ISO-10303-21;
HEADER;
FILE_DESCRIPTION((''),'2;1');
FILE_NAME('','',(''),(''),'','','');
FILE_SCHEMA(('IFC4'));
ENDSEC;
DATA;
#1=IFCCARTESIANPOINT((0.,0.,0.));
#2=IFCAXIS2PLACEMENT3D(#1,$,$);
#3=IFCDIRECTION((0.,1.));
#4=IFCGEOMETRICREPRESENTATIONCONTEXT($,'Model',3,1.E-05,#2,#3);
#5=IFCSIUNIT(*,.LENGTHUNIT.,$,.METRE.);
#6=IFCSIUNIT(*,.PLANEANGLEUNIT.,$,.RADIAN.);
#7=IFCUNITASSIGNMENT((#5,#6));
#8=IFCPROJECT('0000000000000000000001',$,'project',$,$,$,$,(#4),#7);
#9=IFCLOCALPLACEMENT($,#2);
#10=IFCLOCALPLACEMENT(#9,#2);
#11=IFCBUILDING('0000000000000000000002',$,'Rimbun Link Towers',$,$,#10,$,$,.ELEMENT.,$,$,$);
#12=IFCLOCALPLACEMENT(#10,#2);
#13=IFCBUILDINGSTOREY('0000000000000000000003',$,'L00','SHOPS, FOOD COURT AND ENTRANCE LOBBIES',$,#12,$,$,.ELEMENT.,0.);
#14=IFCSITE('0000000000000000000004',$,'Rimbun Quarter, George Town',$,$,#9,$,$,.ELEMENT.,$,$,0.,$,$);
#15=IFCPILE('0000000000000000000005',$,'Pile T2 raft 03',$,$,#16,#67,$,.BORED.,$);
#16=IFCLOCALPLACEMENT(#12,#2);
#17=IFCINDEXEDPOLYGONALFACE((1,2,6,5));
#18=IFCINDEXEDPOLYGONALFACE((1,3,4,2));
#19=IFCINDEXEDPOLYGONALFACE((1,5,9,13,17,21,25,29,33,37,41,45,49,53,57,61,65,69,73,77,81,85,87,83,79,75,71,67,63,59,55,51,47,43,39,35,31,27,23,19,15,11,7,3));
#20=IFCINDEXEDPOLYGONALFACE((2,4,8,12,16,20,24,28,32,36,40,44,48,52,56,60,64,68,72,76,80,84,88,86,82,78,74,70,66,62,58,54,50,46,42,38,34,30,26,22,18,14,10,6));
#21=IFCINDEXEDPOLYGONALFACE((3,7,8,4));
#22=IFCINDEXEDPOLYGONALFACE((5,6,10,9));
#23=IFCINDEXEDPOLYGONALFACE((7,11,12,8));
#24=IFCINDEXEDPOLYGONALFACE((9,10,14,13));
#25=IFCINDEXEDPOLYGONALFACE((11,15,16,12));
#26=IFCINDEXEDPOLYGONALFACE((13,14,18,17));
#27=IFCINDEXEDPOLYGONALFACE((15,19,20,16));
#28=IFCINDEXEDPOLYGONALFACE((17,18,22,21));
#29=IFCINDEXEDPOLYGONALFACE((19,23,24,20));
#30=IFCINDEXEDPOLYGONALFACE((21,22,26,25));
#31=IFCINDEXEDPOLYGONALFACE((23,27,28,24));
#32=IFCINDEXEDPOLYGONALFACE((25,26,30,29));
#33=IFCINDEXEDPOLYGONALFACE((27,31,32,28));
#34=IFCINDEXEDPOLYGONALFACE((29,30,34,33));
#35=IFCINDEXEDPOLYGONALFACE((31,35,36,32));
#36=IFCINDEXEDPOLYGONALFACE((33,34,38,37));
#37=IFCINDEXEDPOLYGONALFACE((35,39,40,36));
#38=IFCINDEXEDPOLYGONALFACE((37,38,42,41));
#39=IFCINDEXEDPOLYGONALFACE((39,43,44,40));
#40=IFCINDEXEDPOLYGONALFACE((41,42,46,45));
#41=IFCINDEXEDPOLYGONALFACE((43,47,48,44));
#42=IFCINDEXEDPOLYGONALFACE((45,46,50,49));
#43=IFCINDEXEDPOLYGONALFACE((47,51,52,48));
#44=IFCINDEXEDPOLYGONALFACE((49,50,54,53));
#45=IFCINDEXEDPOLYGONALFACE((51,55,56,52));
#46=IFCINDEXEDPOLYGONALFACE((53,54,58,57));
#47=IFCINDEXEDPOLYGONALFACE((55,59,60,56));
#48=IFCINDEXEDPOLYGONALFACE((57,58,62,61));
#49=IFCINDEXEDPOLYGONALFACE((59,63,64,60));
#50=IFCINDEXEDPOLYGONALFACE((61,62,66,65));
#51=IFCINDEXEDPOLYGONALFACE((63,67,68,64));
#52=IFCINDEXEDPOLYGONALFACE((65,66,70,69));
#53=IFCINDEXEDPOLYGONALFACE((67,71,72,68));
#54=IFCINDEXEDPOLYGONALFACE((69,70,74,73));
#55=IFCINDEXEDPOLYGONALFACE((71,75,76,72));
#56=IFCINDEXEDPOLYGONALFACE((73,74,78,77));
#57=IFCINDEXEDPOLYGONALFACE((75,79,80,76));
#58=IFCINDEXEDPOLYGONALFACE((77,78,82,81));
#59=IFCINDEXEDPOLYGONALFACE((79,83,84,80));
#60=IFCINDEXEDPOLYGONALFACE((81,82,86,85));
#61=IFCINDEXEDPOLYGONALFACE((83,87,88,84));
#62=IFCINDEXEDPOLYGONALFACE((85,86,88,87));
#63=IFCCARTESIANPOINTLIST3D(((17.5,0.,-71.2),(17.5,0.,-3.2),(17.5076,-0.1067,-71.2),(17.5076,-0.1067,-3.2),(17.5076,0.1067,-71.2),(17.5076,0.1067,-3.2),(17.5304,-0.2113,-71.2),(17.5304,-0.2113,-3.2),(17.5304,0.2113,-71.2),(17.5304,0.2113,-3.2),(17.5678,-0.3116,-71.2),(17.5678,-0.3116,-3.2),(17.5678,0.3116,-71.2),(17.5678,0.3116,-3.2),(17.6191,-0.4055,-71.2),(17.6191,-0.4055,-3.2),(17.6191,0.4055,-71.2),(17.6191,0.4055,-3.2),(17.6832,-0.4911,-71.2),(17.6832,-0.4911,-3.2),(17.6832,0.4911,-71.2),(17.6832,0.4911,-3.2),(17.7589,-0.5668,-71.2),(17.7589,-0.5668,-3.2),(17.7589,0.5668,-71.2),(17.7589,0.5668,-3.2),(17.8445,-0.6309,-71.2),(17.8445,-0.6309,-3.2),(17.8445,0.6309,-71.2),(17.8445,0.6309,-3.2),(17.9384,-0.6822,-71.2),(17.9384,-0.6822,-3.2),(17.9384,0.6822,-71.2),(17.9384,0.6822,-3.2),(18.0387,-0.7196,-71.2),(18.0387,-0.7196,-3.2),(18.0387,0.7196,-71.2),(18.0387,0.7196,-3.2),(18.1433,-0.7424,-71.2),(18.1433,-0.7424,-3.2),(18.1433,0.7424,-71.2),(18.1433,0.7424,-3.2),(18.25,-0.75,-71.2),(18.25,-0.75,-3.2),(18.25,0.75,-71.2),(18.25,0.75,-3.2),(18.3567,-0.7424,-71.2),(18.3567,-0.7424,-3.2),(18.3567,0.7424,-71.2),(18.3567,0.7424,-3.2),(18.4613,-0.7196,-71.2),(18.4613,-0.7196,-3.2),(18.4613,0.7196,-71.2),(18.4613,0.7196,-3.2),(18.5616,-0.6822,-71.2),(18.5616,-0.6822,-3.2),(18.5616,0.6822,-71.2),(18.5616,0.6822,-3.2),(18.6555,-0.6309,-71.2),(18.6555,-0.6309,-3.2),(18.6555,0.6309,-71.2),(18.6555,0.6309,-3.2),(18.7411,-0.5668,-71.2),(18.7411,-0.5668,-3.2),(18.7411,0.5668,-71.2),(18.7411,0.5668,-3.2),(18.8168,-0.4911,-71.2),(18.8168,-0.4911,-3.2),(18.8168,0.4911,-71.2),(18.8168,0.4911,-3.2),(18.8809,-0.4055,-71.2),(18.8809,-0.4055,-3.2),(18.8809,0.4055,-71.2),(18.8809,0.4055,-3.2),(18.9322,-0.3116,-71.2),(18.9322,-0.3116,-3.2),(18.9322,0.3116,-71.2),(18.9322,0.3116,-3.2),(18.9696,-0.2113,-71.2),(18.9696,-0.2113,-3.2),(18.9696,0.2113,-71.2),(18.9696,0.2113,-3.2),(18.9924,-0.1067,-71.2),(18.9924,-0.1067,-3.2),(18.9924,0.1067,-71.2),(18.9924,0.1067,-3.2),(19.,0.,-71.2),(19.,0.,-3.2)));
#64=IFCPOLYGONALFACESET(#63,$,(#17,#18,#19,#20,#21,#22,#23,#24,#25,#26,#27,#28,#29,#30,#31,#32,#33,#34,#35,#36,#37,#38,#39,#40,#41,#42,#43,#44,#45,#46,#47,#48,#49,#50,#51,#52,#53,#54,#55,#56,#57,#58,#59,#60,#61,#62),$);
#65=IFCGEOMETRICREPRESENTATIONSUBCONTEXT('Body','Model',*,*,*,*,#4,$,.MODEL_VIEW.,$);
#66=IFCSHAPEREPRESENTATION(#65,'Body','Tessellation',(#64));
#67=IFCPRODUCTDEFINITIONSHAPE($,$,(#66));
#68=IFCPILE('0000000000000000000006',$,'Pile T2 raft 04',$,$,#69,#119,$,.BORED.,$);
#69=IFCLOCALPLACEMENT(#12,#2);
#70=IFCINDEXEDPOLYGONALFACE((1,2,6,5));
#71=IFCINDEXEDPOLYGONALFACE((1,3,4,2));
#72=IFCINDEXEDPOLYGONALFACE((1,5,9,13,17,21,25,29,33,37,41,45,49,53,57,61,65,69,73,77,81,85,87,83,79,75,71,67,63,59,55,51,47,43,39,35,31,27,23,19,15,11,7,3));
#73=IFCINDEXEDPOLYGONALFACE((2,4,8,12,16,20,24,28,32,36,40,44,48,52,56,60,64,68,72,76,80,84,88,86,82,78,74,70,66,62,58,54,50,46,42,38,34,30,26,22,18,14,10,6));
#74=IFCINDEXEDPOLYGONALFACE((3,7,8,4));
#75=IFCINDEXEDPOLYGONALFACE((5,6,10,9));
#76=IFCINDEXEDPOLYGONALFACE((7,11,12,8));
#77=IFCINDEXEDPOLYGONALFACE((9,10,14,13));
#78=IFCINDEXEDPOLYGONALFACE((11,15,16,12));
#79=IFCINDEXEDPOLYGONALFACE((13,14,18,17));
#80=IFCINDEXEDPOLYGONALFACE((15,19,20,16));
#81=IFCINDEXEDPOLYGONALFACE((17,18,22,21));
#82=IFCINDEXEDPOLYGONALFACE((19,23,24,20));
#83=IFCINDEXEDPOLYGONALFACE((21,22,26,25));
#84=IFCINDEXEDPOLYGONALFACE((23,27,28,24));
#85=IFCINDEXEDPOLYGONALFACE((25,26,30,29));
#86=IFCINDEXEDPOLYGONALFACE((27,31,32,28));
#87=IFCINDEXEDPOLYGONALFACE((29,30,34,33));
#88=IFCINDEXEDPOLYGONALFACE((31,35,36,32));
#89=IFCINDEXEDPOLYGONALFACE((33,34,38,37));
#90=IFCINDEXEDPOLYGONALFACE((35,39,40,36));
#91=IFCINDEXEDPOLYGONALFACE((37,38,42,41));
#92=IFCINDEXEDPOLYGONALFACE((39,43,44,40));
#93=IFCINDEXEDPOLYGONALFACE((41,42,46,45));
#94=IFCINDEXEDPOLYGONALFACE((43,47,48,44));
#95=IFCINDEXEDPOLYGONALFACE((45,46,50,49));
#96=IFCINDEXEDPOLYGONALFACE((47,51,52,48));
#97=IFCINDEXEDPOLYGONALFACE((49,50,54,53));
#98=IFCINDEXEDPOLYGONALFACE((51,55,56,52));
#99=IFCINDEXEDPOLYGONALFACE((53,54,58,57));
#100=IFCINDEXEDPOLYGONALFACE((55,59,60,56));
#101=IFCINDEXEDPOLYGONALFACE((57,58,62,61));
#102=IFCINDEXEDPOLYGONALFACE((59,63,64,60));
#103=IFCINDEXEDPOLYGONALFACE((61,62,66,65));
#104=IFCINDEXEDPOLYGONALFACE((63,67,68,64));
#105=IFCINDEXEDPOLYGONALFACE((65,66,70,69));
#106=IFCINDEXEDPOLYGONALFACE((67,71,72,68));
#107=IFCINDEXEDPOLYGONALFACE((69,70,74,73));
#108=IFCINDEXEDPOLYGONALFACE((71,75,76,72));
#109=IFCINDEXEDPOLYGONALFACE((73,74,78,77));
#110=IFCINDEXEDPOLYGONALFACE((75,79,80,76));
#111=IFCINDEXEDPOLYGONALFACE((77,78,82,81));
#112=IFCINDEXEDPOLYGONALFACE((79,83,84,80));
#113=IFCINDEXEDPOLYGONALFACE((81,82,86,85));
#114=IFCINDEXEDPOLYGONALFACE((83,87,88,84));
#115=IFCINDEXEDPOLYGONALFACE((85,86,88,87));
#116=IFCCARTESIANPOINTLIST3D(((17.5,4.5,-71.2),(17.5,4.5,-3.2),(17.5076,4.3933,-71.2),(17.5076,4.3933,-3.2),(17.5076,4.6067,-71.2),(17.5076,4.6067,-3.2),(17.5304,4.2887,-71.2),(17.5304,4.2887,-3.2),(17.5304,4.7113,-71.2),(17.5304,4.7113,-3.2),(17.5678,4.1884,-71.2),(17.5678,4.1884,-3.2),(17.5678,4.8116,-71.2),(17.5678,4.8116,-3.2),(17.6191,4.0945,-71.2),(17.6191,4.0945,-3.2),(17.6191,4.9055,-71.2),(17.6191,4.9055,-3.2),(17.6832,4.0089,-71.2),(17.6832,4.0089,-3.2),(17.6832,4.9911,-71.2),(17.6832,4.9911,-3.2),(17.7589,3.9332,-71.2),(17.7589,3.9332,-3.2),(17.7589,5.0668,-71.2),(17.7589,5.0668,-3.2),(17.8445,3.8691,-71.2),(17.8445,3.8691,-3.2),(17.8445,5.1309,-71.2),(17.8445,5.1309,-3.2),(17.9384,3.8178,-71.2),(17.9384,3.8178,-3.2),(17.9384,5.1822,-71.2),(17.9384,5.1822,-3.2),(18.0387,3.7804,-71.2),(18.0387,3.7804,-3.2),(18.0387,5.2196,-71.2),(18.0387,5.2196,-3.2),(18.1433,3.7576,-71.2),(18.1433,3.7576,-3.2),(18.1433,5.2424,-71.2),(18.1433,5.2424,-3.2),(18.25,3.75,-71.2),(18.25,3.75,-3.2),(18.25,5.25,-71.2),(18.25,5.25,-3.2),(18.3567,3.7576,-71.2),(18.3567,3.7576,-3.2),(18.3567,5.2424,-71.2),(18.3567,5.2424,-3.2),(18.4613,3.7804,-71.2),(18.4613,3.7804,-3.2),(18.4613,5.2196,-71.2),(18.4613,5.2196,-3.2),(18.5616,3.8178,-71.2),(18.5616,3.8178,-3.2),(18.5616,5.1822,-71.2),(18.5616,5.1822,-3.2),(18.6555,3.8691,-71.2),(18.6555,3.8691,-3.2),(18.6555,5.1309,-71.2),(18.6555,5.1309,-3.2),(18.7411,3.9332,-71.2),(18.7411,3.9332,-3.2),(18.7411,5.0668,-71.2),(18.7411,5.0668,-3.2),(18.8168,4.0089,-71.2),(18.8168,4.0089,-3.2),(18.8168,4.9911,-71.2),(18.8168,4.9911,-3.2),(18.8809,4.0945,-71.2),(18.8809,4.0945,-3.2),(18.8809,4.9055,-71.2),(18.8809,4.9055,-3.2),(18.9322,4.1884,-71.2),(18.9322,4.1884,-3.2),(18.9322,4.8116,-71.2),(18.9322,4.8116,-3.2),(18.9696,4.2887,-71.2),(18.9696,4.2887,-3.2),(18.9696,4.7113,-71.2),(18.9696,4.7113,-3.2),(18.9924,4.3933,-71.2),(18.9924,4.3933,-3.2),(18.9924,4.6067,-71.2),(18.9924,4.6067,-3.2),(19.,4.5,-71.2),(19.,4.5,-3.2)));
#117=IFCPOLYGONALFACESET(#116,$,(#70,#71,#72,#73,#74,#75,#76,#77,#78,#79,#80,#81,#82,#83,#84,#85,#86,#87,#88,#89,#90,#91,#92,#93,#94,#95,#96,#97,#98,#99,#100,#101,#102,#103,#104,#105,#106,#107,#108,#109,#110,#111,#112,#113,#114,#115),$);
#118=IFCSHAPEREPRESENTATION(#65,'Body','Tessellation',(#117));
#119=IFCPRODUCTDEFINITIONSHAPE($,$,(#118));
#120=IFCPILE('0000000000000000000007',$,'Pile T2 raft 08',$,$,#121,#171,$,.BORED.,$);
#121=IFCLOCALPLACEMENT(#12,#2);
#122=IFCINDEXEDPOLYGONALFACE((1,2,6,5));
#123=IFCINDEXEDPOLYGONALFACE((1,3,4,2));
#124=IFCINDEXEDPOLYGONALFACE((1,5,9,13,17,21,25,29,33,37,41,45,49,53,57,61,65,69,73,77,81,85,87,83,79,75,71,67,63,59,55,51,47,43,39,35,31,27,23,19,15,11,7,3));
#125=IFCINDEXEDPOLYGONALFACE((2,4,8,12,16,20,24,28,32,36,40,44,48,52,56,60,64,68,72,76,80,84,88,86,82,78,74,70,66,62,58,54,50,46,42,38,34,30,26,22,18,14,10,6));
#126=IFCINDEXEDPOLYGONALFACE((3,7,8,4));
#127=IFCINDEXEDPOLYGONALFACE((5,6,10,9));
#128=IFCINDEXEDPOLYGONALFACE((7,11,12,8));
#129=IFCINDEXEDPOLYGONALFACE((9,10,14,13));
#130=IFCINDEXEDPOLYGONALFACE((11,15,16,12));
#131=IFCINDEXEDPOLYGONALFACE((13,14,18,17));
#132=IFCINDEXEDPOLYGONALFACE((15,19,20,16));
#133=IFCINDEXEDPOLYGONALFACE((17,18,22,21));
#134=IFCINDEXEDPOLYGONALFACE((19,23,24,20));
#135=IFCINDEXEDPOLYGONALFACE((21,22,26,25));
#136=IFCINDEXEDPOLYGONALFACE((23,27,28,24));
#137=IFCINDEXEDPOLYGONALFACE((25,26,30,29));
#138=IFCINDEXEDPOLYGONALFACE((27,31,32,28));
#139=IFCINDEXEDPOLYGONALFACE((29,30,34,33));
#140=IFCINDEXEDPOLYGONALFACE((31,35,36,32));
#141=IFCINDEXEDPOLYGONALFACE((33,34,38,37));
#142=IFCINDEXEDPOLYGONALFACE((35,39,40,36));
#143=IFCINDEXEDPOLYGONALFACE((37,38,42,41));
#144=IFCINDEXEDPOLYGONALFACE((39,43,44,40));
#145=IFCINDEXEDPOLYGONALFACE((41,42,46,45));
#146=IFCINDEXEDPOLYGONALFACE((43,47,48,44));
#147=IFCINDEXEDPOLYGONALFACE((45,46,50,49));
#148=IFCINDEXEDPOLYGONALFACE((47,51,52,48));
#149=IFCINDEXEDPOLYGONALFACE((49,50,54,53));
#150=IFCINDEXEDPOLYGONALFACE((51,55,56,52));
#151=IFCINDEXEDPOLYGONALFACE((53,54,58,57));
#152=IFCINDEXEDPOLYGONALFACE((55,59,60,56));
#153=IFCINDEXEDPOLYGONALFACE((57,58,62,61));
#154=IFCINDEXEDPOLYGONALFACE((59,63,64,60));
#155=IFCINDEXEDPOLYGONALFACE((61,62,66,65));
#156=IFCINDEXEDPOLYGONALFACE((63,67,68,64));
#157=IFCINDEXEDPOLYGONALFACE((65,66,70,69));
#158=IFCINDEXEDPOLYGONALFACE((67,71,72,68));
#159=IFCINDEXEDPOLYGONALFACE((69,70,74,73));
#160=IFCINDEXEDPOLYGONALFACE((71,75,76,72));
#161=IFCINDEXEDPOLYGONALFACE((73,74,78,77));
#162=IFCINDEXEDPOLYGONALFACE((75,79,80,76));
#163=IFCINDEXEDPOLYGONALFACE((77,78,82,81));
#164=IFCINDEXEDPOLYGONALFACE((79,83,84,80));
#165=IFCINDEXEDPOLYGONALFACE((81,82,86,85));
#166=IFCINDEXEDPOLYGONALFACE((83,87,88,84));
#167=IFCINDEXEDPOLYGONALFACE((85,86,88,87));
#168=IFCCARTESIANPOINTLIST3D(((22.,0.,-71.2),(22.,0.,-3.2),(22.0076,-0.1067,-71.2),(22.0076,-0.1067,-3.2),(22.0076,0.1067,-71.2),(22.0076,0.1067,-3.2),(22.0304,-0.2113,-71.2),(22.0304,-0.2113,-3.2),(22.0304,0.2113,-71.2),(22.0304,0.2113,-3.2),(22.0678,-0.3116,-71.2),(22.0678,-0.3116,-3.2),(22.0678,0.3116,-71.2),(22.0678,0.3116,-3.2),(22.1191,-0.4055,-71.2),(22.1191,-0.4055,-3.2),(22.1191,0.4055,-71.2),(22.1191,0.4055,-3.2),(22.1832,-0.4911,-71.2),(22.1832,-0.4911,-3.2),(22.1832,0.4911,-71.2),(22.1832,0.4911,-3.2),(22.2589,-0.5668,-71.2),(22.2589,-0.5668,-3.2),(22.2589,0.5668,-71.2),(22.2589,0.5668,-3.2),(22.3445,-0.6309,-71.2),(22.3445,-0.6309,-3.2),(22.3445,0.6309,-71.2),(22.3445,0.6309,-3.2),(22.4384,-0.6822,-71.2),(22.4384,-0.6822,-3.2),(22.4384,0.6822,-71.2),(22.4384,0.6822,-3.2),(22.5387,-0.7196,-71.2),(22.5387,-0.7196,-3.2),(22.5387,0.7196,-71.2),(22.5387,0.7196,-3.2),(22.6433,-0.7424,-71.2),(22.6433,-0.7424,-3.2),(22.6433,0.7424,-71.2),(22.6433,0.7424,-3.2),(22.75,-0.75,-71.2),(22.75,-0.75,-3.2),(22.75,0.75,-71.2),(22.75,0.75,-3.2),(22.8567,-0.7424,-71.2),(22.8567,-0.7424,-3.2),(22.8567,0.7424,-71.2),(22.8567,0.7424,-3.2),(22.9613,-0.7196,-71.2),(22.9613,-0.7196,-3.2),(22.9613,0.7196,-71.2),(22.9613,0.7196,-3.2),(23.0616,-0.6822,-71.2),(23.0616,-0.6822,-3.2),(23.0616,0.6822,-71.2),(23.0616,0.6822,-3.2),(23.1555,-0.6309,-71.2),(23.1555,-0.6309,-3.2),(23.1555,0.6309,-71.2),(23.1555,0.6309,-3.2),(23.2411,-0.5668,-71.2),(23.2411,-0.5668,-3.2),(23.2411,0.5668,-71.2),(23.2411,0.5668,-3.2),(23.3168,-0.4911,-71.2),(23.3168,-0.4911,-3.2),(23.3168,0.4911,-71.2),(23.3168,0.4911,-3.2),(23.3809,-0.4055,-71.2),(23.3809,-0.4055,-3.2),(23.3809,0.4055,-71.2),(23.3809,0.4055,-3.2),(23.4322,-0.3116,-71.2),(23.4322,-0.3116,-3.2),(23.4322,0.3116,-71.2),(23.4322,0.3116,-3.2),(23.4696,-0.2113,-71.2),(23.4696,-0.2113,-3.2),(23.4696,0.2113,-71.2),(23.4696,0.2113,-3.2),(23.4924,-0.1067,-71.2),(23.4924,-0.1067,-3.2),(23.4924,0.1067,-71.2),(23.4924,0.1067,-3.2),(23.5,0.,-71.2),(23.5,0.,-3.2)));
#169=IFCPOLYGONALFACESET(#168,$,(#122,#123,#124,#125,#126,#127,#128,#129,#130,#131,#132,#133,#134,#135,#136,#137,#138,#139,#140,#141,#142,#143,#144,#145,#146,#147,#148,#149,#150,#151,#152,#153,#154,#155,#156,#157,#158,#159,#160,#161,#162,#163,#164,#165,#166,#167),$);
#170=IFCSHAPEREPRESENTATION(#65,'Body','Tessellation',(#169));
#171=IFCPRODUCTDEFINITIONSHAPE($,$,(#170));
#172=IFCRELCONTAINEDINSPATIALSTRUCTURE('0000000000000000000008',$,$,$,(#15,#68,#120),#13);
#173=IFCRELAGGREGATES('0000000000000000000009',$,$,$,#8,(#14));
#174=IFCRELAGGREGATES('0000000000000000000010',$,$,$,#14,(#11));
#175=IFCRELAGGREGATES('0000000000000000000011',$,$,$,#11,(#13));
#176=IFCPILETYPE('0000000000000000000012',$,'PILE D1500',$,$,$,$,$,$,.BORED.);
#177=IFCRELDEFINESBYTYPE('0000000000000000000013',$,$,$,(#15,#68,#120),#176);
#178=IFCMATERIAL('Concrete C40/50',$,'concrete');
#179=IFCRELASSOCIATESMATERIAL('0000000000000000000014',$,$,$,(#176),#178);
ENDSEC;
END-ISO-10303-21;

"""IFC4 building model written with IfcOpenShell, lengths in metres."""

from ifc_helpers import new_model, si_unit, direction, frame, origin, origin_2d, place, context, subcontext, project, spatial, circle, extrude, material, material_profile, profile_set, type_object, element, save


model = new_model("IFC4")

# Units and contexts
model_context = context("Model", 3, precision=1e-05, world=origin(), true_north=direction((0.0, 1.0)))
body_context = subcontext(model_context, "Body", "Model", "MODEL_VIEW")
ifc_project = project(units=[si_unit("LENGTHUNIT", "METRE"), si_unit("PLANEANGLEUNIT", "RADIAN")], contexts=[model_context])

# Site, building, storey
site_placement = place(None, origin())
site = spatial("IfcSite", under=ifc_project, at=site_placement, Name="Rimbun Quarter, George Town", CompositionType="ELEMENT", RefElevation=0.0)
building_placement = place(site_placement, origin())
building = spatial("IfcBuilding", under=site, at=building_placement, Name="Rimbun Link Towers", CompositionType="ELEMENT")
storey_placement = place(building_placement, origin())
storey = spatial("IfcBuildingStorey", under=building, at=storey_placement, Name="L00", Description="SHOPS, FOOD COURT AND ENTRANCE LOBBIES", CompositionType="ELEMENT", Elevation=0.0)

# Piles
ifc_material_1 = material(Name="Concrete C40/50", Category="concrete")
ifc_material_profile = material_profile(ifc_material_1, circle(Radius=0.75, at=origin_2d()), Name="PILE D1500")
ifc_profile_set = profile_set([ifc_material_profile], Name="Concrete C40/50")
pile_type = type_object("IfcPileType", Name="PILE D1500", PredefinedType="BORED", material=ifc_profile_set)
for number, where, z_axis, x_axis, name in (
    (1, (18.25, 0.0, -3.2), (0.0, 0.0, -1.0), (1.0, 0.0, 0.0), "Pile T2 raft 03"),
    (2, (18.25, 4.5, -3.2), (0.0, 0.0, -1.0), (1.0, 0.0, 0.0), "Pile T2 raft 04"),
    (3, (22.75, 0.0, -3.2), (0.0, 0.0, -1.0), (1.0, 0.0, 0.0), "Pile T2 raft 08"),
):
    element("IfcPile", number, at=place(storey_placement, frame(where, z_axis=z_axis, x_axis=x_axis)), inside=storey, type_object=pile_type, Name=name, PredefinedType="BORED", context=body_context, shape_type="SweptSolid", body=[
        extrude(circle(Radius=0.75, at=origin_2d()), origin(), (0.0, 0.0, 1.0), 68.0),
    ])

save(model, "model.ifc")
